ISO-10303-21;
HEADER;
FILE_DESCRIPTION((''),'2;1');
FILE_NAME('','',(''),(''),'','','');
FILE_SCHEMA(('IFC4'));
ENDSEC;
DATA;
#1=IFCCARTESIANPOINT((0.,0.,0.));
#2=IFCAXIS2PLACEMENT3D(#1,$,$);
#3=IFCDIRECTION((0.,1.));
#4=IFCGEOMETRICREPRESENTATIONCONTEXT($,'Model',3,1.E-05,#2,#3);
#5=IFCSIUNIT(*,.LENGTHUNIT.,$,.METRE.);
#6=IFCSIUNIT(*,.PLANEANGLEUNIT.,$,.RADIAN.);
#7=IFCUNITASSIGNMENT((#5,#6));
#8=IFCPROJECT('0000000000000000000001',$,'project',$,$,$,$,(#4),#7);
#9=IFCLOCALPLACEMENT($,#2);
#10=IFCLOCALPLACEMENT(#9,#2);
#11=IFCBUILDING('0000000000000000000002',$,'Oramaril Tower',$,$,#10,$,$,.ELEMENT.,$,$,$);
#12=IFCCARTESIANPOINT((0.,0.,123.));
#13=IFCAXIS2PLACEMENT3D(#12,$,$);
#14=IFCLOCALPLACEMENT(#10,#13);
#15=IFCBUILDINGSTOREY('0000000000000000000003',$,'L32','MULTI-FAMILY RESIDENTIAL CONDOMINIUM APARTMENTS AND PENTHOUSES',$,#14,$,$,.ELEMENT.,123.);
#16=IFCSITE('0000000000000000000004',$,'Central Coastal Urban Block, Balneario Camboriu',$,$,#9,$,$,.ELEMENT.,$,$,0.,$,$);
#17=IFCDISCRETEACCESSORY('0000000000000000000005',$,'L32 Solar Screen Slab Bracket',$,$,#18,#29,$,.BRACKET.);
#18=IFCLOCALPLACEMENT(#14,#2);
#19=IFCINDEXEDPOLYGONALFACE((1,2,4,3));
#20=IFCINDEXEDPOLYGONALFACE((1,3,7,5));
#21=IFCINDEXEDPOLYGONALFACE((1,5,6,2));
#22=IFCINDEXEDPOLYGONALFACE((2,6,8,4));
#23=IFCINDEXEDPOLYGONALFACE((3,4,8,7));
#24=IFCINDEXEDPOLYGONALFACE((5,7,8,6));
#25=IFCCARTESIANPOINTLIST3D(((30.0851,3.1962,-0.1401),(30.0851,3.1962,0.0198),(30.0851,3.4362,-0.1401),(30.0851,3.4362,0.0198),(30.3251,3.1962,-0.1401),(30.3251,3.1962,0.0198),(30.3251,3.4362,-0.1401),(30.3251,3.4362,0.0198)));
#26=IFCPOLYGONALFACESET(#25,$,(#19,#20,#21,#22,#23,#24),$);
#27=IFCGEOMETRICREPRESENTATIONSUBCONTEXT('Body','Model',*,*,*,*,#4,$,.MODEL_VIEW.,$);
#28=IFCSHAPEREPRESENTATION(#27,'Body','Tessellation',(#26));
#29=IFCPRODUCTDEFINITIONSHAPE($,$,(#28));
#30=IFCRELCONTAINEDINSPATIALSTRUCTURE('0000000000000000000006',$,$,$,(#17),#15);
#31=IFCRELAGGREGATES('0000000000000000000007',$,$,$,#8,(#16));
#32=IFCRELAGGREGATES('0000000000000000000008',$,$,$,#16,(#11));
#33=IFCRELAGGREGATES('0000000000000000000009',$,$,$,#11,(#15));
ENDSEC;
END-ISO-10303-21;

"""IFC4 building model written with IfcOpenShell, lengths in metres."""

from ifc_helpers import new_model, si_unit, direction, frame, origin, origin_2d, place, context, subcontext, project, spatial, rectangle, extrude, element, save


model = new_model("IFC4")

# Units and contexts
model_context = context("Model", 3, precision=1e-05, world=origin(), true_north=direction((0.0, 1.0)))
body_context = subcontext(model_context, "Body", "Model", "MODEL_VIEW")
ifc_project = project(units=[si_unit("LENGTHUNIT", "METRE"), si_unit("PLANEANGLEUNIT", "RADIAN")], contexts=[model_context])

# Site, building, storey
site_placement = place(None, origin())
site = spatial("IfcSite", under=ifc_project, at=site_placement, Name="Central Coastal Urban Block, Balneario Camboriu", CompositionType="ELEMENT", RefElevation=0.0)
building_placement = place(site_placement, origin())
building = spatial("IfcBuilding", under=site, at=building_placement, Name="Oramaril Tower", CompositionType="ELEMENT")
storey_placement = place(building_placement, frame((0.0, 0.0, 123.0)))
storey = spatial("IfcBuildingStorey", under=building, at=storey_placement, Name="L32", Description="MULTI-FAMILY RESIDENTIAL CONDOMINIUM APARTMENTS AND PENTHOUSES", CompositionType="ELEMENT", Elevation=123.0)

# Discrete accessory
for number, where, z_axis, x_axis, name in (
    (1, (30.2051, 3.3162, -0.1401), (0.0, 0.0, 1.0), (1.0, 0.0, 0.0), "L32 Solar Screen Slab Bracket"),
):
    element("IfcDiscreteAccessory", number, at=place(storey_placement, frame(where, z_axis=z_axis, x_axis=x_axis)), inside=storey, Name=name, PredefinedType="BRACKET", context=body_context, shape_type="SweptSolid", body=[
        extrude(rectangle(XDim=0.24, YDim=0.24, at=origin_2d()), origin(), (0.0, 0.0, 1.0), 0.1599),
    ])

save(model, "model.ifc")
